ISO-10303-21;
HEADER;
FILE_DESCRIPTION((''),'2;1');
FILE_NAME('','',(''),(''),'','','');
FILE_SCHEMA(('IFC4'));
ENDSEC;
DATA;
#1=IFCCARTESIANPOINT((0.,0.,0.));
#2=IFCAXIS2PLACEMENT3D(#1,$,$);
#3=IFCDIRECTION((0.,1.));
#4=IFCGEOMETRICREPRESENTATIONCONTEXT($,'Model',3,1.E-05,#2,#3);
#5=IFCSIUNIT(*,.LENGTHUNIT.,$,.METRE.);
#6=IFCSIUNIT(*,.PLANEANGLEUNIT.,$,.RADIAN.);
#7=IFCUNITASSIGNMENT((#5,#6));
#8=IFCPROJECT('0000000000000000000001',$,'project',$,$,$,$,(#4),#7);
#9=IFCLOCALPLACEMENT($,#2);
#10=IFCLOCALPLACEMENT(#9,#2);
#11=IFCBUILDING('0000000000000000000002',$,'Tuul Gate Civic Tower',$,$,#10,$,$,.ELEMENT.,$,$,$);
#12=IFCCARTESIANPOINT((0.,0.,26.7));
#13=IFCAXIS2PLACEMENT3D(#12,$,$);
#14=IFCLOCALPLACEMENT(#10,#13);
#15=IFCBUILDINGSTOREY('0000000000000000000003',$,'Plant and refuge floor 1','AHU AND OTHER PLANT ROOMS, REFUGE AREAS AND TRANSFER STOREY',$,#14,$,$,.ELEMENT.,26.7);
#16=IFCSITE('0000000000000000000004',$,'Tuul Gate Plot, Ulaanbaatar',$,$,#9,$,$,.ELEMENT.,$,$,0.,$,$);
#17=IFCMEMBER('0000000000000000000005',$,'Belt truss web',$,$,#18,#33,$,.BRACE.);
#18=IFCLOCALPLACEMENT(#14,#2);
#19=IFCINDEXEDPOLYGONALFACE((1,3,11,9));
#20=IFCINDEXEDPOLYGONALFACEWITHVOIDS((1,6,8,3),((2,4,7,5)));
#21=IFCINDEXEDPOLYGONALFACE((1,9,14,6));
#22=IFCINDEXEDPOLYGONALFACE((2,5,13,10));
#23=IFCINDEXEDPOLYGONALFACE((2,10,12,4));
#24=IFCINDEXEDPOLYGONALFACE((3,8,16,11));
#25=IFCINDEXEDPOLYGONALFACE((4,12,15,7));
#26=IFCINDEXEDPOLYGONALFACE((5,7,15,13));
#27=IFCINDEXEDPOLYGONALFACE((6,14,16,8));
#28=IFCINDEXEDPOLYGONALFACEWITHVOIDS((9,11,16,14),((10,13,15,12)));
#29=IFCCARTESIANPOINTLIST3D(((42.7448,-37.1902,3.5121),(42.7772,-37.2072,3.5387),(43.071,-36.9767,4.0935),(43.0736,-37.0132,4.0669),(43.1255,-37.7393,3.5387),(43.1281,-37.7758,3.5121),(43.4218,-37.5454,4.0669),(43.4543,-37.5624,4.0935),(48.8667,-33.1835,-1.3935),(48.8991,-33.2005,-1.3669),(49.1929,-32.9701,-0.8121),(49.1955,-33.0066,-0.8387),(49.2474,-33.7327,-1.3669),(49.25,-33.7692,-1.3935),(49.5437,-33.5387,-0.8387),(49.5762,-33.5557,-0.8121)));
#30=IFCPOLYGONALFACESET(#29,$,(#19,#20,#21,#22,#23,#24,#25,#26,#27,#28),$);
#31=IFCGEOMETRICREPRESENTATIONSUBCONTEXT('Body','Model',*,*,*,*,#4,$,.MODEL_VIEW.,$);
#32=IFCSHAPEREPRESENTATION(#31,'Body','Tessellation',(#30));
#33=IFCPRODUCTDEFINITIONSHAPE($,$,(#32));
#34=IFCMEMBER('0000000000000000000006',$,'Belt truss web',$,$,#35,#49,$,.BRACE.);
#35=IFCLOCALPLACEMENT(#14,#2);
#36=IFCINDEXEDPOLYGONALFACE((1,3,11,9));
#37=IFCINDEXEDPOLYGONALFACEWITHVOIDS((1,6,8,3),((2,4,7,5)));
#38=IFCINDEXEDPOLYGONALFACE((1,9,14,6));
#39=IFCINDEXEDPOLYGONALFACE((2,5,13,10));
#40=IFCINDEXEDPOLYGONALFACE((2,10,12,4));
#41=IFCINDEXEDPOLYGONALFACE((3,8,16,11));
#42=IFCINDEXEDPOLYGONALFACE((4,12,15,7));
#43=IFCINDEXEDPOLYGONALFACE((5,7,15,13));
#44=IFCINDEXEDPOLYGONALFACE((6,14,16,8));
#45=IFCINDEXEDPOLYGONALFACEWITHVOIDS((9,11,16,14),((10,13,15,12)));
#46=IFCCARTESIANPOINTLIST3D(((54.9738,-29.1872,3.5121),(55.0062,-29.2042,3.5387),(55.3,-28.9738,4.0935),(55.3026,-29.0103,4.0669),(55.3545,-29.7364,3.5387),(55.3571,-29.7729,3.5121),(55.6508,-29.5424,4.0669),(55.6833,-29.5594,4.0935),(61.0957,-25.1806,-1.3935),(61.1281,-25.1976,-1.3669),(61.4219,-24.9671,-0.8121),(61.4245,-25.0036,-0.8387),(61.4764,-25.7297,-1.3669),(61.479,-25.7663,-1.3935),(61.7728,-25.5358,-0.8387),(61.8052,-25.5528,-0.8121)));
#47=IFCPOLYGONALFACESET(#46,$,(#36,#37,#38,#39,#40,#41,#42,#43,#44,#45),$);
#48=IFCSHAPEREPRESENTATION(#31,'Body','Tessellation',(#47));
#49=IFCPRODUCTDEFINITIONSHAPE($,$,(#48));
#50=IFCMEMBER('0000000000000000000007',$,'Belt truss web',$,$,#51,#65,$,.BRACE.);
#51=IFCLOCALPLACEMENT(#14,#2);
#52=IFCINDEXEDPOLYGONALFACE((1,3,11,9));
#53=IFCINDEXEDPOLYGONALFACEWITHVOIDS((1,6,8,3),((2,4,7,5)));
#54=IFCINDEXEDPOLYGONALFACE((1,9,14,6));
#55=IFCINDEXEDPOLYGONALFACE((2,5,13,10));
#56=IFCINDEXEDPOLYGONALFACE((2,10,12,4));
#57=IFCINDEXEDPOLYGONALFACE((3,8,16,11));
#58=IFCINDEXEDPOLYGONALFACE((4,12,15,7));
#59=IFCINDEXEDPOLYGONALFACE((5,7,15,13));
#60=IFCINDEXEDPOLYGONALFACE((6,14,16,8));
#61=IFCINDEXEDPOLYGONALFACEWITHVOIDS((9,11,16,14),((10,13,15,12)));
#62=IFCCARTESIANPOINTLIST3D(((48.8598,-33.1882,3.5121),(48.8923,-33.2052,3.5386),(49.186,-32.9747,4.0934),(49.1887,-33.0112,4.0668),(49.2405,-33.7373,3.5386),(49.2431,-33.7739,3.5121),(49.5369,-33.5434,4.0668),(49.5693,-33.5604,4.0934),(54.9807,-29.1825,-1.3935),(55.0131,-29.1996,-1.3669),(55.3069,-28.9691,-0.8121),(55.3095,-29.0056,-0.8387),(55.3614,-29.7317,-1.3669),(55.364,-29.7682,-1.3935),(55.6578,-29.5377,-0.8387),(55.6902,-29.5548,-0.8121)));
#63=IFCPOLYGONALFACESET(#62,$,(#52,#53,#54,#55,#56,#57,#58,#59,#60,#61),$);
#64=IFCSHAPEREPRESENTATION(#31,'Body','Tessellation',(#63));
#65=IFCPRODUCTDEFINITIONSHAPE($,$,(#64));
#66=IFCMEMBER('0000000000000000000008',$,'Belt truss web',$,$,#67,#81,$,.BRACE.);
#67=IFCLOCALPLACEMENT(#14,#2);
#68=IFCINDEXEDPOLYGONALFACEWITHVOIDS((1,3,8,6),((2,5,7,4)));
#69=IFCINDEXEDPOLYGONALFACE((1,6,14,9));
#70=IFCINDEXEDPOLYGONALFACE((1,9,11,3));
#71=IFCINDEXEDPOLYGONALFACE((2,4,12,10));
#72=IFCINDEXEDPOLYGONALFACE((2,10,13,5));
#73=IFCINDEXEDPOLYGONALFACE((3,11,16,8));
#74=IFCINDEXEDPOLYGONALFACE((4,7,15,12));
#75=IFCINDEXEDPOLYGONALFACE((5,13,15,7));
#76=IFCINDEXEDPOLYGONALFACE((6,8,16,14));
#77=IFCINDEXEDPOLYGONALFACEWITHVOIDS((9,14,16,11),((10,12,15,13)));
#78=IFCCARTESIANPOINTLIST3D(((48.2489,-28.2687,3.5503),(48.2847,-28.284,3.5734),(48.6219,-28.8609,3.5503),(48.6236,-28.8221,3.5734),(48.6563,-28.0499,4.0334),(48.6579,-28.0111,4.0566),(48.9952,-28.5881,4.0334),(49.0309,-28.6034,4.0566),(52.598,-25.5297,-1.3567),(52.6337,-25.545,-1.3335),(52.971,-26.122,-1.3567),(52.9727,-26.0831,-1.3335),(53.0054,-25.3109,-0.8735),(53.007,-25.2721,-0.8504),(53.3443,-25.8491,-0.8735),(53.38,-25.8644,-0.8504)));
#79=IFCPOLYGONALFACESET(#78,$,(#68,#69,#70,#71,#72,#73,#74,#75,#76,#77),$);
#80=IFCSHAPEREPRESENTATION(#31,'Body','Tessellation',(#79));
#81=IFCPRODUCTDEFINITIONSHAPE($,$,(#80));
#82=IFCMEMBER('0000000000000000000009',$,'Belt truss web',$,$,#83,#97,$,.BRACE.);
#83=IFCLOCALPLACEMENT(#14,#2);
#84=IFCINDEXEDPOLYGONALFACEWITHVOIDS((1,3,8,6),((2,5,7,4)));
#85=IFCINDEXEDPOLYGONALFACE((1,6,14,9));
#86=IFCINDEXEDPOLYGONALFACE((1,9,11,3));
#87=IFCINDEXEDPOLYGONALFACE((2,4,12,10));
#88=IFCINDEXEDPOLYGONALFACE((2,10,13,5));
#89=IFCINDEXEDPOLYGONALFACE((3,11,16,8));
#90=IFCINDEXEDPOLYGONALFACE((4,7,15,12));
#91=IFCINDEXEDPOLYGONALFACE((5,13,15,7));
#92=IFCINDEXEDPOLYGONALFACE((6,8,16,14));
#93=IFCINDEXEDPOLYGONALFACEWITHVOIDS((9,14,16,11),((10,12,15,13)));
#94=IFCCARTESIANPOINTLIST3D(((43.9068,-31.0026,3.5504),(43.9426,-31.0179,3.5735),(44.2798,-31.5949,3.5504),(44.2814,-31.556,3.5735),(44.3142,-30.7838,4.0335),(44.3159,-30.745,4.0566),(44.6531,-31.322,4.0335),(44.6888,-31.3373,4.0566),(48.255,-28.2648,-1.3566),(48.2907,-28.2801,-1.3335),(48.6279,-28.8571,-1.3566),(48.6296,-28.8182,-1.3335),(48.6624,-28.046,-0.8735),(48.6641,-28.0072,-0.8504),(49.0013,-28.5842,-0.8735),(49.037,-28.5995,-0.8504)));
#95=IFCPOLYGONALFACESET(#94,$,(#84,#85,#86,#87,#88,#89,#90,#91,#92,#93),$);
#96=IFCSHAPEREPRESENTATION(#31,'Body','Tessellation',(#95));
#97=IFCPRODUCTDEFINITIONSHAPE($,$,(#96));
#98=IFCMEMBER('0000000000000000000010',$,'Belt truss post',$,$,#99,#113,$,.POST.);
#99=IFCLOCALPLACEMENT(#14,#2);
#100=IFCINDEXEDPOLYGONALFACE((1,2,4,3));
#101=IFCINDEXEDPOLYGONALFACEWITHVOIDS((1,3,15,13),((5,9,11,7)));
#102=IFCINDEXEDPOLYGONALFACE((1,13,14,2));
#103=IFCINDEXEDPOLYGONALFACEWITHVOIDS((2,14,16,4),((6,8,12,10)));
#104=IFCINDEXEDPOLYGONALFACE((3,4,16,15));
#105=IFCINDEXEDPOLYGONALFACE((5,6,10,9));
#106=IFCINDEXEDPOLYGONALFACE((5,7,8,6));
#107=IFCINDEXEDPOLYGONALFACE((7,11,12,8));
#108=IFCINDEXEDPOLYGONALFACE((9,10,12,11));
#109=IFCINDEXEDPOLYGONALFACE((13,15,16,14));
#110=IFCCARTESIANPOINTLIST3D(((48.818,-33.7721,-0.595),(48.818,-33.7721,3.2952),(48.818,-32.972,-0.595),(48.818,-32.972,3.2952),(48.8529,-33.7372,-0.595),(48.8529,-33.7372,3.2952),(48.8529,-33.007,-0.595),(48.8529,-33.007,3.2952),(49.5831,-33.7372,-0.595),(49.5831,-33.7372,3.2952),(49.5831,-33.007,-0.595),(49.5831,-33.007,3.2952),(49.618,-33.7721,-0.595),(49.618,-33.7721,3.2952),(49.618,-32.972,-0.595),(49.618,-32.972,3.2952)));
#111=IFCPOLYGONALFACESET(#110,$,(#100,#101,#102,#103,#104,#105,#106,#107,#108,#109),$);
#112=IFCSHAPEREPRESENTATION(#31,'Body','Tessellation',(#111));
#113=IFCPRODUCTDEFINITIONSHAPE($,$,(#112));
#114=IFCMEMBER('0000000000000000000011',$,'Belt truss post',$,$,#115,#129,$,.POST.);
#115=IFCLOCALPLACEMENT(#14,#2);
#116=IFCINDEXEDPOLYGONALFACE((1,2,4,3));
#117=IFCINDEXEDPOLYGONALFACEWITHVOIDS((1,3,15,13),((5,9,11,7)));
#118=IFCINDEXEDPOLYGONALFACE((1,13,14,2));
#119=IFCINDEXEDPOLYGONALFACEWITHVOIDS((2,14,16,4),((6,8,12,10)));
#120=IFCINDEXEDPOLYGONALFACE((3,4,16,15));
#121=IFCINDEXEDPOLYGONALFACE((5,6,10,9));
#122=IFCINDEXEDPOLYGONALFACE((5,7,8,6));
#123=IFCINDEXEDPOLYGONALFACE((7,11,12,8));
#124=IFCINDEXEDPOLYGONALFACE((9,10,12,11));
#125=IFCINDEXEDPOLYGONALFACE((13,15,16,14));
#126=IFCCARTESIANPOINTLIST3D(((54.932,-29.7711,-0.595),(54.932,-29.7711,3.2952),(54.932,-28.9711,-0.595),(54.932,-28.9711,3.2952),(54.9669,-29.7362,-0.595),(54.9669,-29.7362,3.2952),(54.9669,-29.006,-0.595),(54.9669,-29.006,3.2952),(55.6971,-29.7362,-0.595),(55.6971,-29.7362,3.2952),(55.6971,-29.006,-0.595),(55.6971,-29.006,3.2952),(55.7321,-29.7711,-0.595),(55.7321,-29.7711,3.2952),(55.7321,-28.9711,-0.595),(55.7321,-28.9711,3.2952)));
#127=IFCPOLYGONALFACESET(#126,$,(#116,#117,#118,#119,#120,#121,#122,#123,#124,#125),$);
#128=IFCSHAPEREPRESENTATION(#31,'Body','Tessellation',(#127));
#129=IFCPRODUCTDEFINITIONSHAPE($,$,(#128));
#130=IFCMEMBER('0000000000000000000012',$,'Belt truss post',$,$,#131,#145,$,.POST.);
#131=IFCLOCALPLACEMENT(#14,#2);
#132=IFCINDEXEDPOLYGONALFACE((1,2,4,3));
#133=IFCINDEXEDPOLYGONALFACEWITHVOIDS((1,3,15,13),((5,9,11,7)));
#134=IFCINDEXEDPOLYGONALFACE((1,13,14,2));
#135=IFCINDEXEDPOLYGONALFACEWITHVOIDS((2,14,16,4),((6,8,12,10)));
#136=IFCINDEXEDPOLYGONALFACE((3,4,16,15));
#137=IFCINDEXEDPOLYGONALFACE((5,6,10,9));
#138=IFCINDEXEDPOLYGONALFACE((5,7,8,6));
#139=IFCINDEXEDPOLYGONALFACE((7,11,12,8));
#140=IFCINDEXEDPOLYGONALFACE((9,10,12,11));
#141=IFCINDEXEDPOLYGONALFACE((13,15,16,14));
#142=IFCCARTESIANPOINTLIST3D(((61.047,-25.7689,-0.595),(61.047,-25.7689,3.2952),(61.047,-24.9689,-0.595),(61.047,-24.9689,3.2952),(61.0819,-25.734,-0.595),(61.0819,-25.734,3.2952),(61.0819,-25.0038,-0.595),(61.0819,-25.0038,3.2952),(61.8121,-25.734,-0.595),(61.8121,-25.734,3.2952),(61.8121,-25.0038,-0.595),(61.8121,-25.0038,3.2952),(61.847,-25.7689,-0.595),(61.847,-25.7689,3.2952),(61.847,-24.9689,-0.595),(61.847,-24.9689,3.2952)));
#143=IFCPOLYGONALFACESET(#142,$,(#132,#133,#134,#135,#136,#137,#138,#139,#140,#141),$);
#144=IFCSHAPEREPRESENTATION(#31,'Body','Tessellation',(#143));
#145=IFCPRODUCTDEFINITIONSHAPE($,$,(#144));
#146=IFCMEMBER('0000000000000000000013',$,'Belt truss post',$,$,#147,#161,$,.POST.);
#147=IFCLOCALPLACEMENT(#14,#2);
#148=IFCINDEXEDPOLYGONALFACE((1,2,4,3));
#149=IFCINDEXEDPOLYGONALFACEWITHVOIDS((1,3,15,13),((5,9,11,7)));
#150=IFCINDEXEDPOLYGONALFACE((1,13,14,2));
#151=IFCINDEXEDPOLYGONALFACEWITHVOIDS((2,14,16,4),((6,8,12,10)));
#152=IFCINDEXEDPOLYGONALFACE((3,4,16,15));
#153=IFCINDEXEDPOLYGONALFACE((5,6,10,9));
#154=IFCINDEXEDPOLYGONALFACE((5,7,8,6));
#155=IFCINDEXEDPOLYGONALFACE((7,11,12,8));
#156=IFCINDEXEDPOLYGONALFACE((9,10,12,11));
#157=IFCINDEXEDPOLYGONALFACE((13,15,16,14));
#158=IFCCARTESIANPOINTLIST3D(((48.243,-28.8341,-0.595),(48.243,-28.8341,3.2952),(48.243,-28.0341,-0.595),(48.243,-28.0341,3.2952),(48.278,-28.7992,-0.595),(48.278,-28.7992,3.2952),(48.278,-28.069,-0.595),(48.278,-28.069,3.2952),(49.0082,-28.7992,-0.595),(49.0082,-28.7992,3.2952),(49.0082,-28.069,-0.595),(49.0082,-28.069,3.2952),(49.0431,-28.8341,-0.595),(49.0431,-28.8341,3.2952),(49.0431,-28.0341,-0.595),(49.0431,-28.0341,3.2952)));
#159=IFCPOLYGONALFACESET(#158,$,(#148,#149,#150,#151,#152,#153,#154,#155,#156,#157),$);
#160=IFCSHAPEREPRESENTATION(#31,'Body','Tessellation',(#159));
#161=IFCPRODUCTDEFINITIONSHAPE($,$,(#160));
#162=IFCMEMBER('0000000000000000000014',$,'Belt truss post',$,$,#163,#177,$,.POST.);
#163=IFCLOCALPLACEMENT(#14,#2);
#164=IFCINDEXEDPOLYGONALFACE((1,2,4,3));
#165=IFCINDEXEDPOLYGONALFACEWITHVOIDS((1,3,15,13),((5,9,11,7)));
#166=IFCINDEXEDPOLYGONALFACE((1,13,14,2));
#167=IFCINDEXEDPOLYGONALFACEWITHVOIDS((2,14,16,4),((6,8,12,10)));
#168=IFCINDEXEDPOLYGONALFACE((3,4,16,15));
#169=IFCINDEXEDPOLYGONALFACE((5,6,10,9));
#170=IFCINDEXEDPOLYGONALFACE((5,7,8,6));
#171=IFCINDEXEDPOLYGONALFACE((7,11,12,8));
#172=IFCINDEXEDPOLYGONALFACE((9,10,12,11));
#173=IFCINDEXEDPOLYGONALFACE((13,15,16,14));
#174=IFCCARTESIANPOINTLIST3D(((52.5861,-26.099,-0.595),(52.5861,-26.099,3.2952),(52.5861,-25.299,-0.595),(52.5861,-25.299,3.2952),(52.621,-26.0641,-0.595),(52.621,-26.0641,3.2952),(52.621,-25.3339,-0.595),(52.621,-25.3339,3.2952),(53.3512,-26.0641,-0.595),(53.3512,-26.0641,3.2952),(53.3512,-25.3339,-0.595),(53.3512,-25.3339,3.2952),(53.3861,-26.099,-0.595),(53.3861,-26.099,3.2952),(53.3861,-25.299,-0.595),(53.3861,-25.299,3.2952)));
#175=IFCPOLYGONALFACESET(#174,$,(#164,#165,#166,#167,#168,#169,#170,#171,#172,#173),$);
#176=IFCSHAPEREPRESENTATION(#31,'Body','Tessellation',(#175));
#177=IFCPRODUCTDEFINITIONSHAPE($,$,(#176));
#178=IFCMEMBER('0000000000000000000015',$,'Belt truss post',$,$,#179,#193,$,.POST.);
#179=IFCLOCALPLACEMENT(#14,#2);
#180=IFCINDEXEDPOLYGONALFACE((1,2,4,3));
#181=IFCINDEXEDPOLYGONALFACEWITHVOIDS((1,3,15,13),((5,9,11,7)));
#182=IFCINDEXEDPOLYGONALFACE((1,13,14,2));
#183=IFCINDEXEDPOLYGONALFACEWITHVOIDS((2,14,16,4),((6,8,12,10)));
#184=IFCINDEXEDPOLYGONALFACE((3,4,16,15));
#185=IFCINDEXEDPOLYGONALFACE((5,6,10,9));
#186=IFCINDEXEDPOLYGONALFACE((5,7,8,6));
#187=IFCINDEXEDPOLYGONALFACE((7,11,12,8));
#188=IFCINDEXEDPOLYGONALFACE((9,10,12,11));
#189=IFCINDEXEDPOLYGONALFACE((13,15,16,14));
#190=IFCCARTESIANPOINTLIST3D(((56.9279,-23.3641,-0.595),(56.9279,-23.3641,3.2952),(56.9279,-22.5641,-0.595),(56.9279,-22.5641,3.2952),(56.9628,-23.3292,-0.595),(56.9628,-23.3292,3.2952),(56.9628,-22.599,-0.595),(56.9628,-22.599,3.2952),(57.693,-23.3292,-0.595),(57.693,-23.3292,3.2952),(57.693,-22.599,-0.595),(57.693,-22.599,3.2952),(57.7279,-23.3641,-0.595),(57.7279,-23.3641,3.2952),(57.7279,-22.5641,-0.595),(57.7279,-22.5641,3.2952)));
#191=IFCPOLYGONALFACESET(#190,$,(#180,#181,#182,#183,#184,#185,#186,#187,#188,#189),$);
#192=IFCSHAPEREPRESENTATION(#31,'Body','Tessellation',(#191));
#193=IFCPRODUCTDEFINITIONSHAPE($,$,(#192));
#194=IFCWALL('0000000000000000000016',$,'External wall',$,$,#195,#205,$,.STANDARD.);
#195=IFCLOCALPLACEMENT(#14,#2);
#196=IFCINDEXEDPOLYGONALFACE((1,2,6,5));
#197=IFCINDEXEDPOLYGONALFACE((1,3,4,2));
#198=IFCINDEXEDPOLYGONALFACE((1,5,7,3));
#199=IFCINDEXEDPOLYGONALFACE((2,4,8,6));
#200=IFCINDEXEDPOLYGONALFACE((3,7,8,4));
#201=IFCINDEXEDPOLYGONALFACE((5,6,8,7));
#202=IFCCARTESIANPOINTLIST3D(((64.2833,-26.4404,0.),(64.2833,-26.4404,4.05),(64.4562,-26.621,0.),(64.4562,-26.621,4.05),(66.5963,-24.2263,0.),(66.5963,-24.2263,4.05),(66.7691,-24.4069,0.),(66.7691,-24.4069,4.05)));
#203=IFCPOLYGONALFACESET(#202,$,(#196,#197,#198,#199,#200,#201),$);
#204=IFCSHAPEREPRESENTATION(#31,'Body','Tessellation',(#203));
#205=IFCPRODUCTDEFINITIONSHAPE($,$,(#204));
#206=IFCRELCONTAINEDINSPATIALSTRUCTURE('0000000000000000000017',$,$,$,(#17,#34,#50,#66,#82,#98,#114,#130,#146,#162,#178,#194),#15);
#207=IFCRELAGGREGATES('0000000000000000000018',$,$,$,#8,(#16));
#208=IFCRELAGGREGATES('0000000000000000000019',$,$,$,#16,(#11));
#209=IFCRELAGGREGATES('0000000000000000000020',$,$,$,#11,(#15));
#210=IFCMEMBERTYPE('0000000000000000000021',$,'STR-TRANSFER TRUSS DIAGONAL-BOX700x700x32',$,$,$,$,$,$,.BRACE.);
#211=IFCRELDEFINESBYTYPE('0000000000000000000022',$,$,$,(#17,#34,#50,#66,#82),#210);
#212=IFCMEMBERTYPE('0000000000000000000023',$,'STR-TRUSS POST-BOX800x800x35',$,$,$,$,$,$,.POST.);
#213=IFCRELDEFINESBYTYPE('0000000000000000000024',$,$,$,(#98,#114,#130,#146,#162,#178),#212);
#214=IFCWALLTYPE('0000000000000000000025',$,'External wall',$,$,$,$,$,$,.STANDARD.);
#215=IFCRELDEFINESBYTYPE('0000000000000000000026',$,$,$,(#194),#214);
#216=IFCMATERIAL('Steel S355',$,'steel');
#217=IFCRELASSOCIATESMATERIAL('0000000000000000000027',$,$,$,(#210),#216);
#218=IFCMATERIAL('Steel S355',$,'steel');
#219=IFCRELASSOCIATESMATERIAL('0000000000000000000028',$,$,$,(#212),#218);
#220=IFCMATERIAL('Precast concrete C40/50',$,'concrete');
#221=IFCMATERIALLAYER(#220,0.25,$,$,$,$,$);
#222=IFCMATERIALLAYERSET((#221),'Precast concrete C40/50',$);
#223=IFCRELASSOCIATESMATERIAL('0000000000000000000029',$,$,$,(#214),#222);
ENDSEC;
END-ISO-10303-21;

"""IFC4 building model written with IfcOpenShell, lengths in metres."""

from ifc_helpers import new_model, si_unit, direction, frame, frame_2d, origin, origin_2d, place, context, subcontext, project, spatial, rectangle, hollow_rectangle, extrude, material, layer, layer_set, material_profile, profile_set, type_object, element, save


model = new_model("IFC4")

# Units and contexts
model_context = context("Model", 3, precision=1e-05, world=origin(), true_north=direction((0.0, 1.0)))
body_context = subcontext(model_context, "Body", "Model", "MODEL_VIEW")
ifc_project = project(units=[si_unit("LENGTHUNIT", "METRE"), si_unit("PLANEANGLEUNIT", "RADIAN")], contexts=[model_context])

# Site, building, storey
site_placement = place(None, origin())
site = spatial("IfcSite", under=ifc_project, at=site_placement, Name="Tuul Gate Plot, Ulaanbaatar", CompositionType="ELEMENT", RefElevation=0.0)
building_placement = place(site_placement, origin())
building = spatial("IfcBuilding", under=site, at=building_placement, Name="Tuul Gate Civic Tower", CompositionType="ELEMENT")
storey_placement = place(building_placement, frame((0.0, 0.0, 26.7)))
storey = spatial("IfcBuildingStorey", under=building, at=storey_placement, Name="Plant and refuge floor 1", Description="AHU AND OTHER PLANT ROOMS, REFUGE AREAS AND TRANSFER STOREY", CompositionType="ELEMENT", Elevation=26.7)

# Members
ifc_material_1 = material(Name="Steel S355", Category="steel")
ifc_material_profile_1 = material_profile(ifc_material_1, hollow_rectangle(XDim=0.7, YDim=0.7, WallThickness=0.032, at=origin_2d()), Name="BOX700x700x32")
ifc_profile_set_1 = profile_set([ifc_material_profile_1], Name="Steel S355")
member_type_1 = type_object("IfcMemberType", Name="STR-TRANSFER TRUSS DIAGONAL-BOX700x700x32", PredefinedType="BRACE", material=ifc_profile_set_1)
for number, where, z_axis, x_axis, name in (
    (1, (49.2214, -33.3696, -1.1028), (-0.694973, -0.454844, 0.556893), (0.547619, -0.836728, 0.0), "Belt truss web"),
    (2, (61.4504, -25.3667, -1.1028), (-0.694973, -0.454844, 0.556893), (0.547619, -0.836728, 0.0), "Belt truss web"),
):
    element("IfcMember", number, at=place(storey_placement, frame(where, z_axis=z_axis, x_axis=x_axis)), inside=storey, type_object=member_type_1, Name=name, PredefinedType="BRACE", context=body_context, shape_type="SweptSolid", body=[
        extrude(hollow_rectangle(XDim=0.7, YDim=0.7, WallThickness=0.032, at=origin_2d()), origin(), (0.0, 0.0, 1.0), 8.8088),
    ])
member_1_placement = place(storey_placement, frame((55.3354, -29.3687, -1.1028), z_axis=(-0.694951, -0.454791, 0.556964), x_axis=(0.547587, -0.836749, 0.0)))
element("IfcMember", 3, at=member_1_placement, inside=storey, type_object=member_type_1, Name="Belt truss web", PredefinedType="BRACE", context=body_context, shape_type="SweptSolid", body=[
    extrude(hollow_rectangle(XDim=0.7, YDim=0.7, WallThickness=0.032, at=origin_2d()), origin(), (0.0, 0.0, 1.0), 8.8076),
])
member_2_placement = place(storey_placement, frame((52.989, -25.697, -1.1035), z_axis=(-0.612033, -0.38545, 0.690539), x_axis=(0.532908, -0.846173, 0.0)))
element("IfcMember", 4, at=member_2_placement, inside=storey, type_object=member_type_1, Name="Belt truss web", PredefinedType="BRACE", context=body_context, shape_type="SweptSolid", body=[
    extrude(hollow_rectangle(XDim=0.7, YDim=0.7, WallThickness=0.032, at=origin_2d()), origin(), (0.0, 0.0, 1.0), 7.106),
])
member_3_placement = place(storey_placement, frame((48.646, -28.4321, -1.1035), z_axis=(-0.611988, -0.385336, 0.690643), x_axis=(0.532823, -0.846226, 0.0)))
element("IfcMember", 5, at=member_3_placement, inside=storey, type_object=member_type_1, Name="Belt truss web", PredefinedType="BRACE", context=body_context, shape_type="SweptSolid", body=[
    extrude(hollow_rectangle(XDim=0.7, YDim=0.7, WallThickness=0.032, at=origin_2d()), origin(), (0.0, 0.0, 1.0), 7.105),
])
ifc_material_2 = material(Name="Steel S355", Category="steel")
ifc_material_profile_2 = material_profile(ifc_material_2, hollow_rectangle(XDim=0.8, YDim=0.8, WallThickness=0.0349, at=origin_2d()), Name="BOX800x800x35")
ifc_profile_set_2 = profile_set([ifc_material_profile_2], Name="Steel S355")
member_type_2 = type_object("IfcMemberType", Name="STR-TRUSS POST-BOX800x800x35", PredefinedType="POST", material=ifc_profile_set_2)
for number, where, z_axis, x_axis, name in (
    (6, (49.218, -33.3721, -0.595), (0.0, 0.0, 1.0), (1.0, 0.0, 0.0), "Belt truss post"),
    (7, (55.332, -29.3711, -0.595), (0.0, 0.0, 1.0), (1.0, 0.0, 0.0), "Belt truss post"),
    (8, (61.447, -25.3689, -0.595), (0.0, 0.0, 1.0), (1.0, 0.0, 0.0), "Belt truss post"),
    (9, (48.6431, -28.4341, -0.595), (0.0, 0.0, 1.0), (1.0, 0.0, 0.0), "Belt truss post"),
    (10, (52.9861, -25.699, -0.595), (0.0, 0.0, 1.0), (1.0, 0.0, 0.0), "Belt truss post"),
    (11, (57.3279, -22.9641, -0.595), (0.0, 0.0, 1.0), (1.0, 0.0, 0.0), "Belt truss post"),
):
    element("IfcMember", number, at=place(storey_placement, frame(where, z_axis=z_axis, x_axis=x_axis)), inside=storey, type_object=member_type_2, Name=name, PredefinedType="POST", context=body_context, shape_type="SweptSolid", body=[
        extrude(hollow_rectangle(XDim=0.8, YDim=0.8, WallThickness=0.0349, at=origin_2d()), origin(), (0.0, 0.0, 1.0), 3.8901),
    ])

# Wall
ifc_material_3 = material(Name="Precast concrete C40/50", Category="concrete")
ifc_layer = layer(ifc_material_3, 0.25)
ifc_layer_set = layer_set([ifc_layer], Name="Precast concrete C40/50")
wall_type = type_object("IfcWallType", Name="External wall", PredefinedType="STANDARD", material=ifc_layer_set)
wall_1_placement = place(storey_placement, frame((64.3696, -26.5308, 0.0), z_axis=(0.0, 0.0, 1.0), x_axis=(0.722379, 0.691498, 0.0)))
element("IfcWall", 12, at=wall_1_placement, inside=storey, type_object=wall_type, Name="External wall", PredefinedType="STANDARD", context=body_context, shape_type="SweptSolid", body=[
    extrude(rectangle(XDim=3.2019, YDim=0.25, at=frame_2d((1.6011, 0.0))), origin(), (0.0, 0.0, 1.0), 4.05),
])

save(model, "model.ifc")
